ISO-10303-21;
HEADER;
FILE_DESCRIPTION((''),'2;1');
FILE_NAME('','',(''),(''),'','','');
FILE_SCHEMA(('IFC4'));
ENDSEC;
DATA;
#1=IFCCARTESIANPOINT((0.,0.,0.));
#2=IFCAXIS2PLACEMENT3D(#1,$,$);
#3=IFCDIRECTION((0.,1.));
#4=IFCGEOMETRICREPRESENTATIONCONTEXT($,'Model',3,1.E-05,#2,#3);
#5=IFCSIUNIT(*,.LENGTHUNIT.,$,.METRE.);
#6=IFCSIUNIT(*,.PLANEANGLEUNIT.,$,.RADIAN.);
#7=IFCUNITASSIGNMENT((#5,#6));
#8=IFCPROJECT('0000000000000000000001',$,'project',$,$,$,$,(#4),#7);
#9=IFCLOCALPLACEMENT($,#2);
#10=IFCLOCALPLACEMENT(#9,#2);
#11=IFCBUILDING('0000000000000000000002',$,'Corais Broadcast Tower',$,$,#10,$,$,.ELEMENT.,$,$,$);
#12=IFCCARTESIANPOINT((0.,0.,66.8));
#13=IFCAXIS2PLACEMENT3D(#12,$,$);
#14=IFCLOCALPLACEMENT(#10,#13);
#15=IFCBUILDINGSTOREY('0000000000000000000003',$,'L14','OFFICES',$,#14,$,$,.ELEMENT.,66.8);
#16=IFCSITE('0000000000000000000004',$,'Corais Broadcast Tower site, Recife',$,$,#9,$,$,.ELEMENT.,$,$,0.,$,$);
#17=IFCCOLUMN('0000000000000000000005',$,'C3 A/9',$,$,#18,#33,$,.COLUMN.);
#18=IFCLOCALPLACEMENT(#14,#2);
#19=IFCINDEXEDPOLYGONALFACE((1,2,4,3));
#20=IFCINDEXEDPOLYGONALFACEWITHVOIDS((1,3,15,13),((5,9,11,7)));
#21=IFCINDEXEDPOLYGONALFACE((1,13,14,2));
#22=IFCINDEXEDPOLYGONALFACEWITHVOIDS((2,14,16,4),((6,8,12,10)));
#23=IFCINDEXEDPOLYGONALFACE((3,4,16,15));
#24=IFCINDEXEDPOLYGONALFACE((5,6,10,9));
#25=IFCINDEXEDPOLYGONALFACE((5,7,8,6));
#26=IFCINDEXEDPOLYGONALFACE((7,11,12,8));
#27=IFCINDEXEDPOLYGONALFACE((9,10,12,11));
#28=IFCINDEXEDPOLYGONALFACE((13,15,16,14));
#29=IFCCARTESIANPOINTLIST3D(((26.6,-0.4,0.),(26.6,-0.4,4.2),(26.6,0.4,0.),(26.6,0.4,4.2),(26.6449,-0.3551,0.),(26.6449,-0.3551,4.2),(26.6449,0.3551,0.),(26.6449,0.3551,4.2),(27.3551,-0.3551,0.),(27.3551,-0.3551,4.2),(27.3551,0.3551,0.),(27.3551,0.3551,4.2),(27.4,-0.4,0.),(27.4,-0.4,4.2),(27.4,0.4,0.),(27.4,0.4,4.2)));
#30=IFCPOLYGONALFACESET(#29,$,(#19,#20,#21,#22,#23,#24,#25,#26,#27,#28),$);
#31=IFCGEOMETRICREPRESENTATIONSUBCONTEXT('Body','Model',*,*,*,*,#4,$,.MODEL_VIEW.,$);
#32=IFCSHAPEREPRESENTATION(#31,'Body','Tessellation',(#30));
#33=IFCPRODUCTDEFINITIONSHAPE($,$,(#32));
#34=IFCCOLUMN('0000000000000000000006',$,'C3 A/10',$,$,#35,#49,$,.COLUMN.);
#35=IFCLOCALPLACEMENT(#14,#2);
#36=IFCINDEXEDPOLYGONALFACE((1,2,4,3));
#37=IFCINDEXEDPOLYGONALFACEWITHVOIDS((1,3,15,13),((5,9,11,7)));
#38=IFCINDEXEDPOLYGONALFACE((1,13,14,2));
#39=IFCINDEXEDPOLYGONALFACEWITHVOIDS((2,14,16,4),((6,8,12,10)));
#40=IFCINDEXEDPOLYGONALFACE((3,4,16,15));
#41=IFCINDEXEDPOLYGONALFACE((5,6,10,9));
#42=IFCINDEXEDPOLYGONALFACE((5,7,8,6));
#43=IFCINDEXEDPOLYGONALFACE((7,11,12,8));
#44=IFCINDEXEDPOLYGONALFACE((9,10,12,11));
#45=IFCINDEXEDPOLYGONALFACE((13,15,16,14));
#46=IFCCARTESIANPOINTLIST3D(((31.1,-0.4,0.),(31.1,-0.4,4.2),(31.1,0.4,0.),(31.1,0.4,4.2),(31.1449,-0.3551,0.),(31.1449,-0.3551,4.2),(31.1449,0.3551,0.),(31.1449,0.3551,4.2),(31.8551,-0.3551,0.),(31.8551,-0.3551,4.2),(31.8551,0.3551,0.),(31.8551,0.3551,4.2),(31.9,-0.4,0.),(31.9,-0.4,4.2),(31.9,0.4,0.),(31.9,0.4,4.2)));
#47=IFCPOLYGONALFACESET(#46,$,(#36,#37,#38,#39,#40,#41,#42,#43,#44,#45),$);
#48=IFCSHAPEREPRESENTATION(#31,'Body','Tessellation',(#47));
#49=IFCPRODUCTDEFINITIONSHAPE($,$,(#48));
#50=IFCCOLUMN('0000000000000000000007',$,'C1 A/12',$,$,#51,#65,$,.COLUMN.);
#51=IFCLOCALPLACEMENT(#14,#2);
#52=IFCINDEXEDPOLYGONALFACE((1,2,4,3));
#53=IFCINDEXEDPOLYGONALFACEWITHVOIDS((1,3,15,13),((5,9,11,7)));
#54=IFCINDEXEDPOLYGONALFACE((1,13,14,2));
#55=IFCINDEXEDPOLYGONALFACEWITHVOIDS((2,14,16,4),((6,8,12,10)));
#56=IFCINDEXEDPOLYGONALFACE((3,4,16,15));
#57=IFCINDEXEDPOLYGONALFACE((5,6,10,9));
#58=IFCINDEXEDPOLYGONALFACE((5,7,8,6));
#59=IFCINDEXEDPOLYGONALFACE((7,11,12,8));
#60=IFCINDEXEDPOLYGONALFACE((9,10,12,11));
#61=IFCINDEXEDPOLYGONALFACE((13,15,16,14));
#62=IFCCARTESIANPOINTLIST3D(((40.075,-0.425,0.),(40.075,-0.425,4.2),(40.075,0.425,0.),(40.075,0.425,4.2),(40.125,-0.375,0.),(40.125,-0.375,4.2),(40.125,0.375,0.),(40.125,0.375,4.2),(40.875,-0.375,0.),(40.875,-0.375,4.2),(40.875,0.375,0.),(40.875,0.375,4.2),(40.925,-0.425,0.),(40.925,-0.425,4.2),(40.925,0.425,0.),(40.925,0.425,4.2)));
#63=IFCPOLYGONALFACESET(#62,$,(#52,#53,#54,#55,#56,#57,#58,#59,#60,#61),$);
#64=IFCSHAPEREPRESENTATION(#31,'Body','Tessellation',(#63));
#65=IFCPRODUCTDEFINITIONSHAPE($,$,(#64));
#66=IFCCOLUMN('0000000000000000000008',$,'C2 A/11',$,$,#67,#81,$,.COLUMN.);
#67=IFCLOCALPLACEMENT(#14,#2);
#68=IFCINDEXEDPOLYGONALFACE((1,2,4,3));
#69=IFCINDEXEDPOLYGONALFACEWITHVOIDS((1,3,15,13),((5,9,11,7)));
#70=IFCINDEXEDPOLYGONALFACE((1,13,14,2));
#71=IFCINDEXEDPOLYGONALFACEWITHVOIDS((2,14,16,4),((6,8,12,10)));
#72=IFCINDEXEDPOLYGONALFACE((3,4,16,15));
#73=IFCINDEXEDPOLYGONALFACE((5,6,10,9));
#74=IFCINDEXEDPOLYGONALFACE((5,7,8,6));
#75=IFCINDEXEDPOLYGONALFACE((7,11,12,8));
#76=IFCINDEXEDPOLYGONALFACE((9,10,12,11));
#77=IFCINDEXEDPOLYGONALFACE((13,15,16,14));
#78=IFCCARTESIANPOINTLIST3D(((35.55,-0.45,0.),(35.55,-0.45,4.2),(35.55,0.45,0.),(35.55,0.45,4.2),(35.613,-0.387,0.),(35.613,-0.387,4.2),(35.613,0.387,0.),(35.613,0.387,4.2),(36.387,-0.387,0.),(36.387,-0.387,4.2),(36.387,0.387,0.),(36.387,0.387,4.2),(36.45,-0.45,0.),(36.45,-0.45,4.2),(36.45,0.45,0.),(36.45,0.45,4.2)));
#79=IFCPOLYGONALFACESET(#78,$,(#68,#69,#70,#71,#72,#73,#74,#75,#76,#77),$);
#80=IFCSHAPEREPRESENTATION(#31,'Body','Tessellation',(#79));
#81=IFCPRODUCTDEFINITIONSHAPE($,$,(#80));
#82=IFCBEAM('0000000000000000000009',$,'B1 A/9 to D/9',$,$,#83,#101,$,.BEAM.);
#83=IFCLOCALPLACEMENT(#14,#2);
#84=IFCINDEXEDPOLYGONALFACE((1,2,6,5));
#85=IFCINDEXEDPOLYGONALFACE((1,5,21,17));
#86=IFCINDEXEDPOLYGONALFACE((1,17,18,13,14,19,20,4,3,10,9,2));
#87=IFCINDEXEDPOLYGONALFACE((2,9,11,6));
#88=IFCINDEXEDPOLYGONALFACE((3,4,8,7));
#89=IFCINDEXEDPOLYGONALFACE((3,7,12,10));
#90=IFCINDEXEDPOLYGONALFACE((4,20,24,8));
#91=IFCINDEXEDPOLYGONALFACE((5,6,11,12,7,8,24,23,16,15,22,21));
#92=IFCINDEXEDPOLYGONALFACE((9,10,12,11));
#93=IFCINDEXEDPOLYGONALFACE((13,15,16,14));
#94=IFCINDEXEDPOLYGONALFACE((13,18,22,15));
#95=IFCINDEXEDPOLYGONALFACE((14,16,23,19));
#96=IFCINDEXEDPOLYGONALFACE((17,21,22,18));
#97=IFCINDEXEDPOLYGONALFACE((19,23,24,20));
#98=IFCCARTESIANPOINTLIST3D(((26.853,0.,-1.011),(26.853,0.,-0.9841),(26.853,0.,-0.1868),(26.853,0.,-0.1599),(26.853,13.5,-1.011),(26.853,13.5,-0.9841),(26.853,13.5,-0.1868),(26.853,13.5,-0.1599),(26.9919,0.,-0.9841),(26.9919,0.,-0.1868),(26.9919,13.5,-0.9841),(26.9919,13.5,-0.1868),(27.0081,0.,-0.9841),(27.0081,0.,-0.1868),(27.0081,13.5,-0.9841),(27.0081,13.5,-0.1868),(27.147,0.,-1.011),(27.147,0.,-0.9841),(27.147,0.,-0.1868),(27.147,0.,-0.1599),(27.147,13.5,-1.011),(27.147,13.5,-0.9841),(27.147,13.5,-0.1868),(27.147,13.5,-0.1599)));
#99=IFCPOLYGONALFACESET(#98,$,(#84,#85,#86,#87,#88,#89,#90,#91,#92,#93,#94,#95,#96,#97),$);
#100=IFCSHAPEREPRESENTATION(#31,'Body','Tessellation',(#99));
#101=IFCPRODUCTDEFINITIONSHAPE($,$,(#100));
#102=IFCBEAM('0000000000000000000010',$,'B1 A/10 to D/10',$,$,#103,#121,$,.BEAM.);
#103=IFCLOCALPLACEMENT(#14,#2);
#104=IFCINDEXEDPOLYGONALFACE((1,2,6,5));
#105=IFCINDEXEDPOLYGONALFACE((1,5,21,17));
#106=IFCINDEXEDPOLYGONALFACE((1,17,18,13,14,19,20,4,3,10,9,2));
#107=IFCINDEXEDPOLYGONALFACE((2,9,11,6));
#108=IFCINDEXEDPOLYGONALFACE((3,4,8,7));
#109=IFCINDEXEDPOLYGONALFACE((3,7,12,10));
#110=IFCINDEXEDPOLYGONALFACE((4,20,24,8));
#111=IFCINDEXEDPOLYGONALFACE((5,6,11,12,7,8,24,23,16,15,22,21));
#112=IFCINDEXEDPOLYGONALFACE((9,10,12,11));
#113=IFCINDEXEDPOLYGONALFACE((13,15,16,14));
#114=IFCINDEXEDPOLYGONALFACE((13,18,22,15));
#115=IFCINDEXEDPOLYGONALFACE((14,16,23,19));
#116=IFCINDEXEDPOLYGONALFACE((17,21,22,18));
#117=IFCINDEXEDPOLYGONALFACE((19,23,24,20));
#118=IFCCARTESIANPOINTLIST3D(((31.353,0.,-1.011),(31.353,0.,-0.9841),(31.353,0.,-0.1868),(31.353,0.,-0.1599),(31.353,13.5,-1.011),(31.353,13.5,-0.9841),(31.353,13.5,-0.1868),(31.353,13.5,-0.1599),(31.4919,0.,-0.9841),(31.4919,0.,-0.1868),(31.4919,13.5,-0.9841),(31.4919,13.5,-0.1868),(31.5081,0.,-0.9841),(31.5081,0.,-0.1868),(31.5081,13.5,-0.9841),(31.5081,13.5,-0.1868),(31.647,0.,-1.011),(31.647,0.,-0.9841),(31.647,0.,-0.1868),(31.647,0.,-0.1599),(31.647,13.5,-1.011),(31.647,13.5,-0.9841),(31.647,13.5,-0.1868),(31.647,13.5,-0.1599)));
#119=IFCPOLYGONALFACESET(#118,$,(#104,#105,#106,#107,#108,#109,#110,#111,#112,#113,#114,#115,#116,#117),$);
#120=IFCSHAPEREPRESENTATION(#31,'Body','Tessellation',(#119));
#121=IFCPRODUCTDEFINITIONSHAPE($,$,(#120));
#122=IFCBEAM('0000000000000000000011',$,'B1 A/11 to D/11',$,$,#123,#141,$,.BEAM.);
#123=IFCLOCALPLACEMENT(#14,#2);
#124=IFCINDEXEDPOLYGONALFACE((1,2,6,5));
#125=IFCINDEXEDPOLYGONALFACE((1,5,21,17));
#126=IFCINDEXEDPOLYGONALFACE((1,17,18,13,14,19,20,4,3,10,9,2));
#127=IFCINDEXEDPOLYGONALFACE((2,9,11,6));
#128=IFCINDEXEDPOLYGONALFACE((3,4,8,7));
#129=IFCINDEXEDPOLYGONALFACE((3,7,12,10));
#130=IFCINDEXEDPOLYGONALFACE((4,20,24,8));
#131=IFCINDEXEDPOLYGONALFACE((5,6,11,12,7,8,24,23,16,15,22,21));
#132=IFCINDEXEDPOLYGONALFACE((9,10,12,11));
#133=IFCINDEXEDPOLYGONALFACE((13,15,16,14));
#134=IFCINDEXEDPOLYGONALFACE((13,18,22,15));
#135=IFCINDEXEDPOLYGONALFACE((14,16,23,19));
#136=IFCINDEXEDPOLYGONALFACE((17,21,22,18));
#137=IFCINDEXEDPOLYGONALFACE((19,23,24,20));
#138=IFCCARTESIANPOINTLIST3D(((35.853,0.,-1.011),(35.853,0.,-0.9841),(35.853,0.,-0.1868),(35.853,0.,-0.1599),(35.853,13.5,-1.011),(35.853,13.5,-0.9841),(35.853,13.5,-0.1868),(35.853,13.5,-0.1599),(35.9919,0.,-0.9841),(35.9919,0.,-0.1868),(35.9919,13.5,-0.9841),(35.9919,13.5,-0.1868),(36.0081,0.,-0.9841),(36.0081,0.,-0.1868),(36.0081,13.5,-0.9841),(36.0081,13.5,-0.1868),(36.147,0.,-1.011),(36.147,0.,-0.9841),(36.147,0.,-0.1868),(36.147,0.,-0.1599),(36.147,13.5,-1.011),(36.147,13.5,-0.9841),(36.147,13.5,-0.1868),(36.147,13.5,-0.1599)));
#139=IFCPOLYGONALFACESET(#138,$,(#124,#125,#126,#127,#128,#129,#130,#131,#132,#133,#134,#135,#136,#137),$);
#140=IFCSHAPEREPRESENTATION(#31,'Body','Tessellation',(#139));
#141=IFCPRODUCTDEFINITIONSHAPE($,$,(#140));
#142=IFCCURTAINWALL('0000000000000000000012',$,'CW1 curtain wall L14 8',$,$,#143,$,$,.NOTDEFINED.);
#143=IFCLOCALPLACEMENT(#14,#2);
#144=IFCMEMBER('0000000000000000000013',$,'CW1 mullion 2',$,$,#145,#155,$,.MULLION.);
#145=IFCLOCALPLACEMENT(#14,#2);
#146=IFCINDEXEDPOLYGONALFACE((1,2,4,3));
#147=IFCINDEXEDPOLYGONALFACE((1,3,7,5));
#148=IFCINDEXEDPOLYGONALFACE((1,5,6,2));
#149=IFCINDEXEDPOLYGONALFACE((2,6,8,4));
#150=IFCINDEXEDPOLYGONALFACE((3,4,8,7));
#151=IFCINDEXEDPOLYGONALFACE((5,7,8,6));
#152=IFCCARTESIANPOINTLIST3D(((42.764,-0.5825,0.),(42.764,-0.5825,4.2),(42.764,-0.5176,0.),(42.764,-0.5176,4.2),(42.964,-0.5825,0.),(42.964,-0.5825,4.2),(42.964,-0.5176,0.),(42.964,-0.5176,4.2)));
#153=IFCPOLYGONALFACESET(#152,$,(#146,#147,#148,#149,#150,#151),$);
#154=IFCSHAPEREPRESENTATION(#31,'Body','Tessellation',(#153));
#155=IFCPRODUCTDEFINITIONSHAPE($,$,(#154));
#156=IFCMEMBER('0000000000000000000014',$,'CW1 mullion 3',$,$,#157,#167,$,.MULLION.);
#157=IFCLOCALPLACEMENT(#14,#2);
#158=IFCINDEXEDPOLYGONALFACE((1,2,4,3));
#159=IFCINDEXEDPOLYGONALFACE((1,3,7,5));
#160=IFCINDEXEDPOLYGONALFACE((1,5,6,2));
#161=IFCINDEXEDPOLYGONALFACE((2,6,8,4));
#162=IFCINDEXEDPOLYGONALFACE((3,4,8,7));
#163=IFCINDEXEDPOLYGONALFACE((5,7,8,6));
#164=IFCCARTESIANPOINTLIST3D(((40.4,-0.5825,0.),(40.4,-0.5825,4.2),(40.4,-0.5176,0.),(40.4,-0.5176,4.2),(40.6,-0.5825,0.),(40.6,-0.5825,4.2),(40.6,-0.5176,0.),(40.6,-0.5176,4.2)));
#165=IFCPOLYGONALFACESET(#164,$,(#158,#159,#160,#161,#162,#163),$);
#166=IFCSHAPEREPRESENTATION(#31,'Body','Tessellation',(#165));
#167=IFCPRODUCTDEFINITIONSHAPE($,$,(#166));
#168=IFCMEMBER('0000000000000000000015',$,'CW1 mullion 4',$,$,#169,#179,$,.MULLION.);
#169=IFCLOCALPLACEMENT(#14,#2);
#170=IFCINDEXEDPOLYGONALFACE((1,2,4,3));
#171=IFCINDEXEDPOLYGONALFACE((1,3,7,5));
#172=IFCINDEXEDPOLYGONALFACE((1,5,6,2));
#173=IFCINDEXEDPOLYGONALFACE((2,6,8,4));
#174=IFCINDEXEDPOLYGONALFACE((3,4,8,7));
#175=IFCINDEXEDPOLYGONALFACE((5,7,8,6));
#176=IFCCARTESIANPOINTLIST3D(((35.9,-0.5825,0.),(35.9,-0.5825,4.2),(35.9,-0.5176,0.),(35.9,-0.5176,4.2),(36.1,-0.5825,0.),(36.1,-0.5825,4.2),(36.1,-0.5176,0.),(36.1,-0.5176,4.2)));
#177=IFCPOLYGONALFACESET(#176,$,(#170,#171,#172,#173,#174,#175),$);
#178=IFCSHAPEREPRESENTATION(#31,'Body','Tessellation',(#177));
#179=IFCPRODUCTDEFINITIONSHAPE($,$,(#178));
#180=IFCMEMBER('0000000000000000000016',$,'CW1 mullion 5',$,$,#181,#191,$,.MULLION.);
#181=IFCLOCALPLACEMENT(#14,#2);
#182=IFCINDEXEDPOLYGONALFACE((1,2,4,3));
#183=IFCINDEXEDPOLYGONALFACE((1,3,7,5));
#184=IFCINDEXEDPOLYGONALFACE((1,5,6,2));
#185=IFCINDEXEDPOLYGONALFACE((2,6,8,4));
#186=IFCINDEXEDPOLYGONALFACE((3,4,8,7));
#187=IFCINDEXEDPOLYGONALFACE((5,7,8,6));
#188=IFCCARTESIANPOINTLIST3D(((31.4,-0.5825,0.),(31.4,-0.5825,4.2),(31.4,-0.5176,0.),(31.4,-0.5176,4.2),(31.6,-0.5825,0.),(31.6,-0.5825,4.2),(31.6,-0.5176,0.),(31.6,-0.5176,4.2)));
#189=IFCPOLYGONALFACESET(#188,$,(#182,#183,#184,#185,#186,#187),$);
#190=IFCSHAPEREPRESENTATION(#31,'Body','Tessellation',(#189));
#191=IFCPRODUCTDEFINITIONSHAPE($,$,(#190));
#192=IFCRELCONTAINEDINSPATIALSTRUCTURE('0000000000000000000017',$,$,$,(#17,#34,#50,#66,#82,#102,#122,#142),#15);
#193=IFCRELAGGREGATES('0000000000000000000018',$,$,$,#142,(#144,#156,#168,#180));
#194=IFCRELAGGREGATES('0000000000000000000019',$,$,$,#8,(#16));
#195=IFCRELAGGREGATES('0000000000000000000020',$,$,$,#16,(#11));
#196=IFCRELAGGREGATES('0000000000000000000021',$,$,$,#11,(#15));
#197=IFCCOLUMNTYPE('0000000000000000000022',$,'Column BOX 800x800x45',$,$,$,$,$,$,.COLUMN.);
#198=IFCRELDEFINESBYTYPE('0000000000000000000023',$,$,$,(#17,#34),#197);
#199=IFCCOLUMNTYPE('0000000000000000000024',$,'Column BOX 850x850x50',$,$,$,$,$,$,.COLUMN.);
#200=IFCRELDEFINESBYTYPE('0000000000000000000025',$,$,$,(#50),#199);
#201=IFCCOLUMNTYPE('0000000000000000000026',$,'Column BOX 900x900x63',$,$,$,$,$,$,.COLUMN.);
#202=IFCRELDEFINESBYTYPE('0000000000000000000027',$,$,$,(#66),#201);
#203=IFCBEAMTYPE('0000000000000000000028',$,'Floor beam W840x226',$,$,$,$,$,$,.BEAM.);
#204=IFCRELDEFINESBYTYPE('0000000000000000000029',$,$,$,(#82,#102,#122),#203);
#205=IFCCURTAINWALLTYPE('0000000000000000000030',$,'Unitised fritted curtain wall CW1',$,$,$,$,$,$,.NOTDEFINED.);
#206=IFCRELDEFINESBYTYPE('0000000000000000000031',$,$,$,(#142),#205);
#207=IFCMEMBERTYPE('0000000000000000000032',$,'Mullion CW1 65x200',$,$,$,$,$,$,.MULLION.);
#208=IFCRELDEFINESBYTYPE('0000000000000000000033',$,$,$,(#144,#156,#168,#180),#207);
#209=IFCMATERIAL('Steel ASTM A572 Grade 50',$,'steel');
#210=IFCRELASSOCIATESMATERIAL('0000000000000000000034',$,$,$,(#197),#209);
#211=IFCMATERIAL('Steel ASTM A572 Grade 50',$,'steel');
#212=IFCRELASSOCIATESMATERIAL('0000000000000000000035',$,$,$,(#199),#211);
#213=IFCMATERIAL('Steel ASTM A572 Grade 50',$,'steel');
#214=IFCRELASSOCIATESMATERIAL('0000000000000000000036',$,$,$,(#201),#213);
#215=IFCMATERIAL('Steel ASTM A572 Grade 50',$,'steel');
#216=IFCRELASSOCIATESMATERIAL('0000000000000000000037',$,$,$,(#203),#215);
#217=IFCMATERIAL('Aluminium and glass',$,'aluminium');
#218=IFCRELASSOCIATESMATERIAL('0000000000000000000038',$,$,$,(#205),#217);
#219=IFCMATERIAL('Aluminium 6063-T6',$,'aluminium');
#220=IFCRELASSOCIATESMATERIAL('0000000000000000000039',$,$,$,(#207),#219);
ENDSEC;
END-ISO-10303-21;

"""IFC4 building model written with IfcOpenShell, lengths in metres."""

from ifc_helpers import new_model, si_unit, direction, frame, origin, origin_2d, place, context, subcontext, project, spatial, rectangle, hollow_rectangle, i_section, extrude, material, material_profile, profile_set, type_object, element, aggregate, save


model = new_model("IFC4")

# Units and contexts
model_context = context("Model", 3, precision=1e-05, world=origin(), true_north=direction((0.0, 1.0)))
body_context = subcontext(model_context, "Body", "Model", "MODEL_VIEW")
ifc_project = project(units=[si_unit("LENGTHUNIT", "METRE"), si_unit("PLANEANGLEUNIT", "RADIAN")], contexts=[model_context])

# Site, building, storey
site_placement = place(None, origin())
site = spatial("IfcSite", under=ifc_project, at=site_placement, Name="Corais Broadcast Tower site, Recife", CompositionType="ELEMENT", RefElevation=0.0)
building_placement = place(site_placement, origin())
building = spatial("IfcBuilding", under=site, at=building_placement, Name="Corais Broadcast Tower", CompositionType="ELEMENT")
storey_placement = place(building_placement, frame((0.0, 0.0, 66.8)))
storey = spatial("IfcBuildingStorey", under=building, at=storey_placement, Name="L14", Description="OFFICES", CompositionType="ELEMENT", Elevation=66.8)

# Columns
ifc_material_1 = material(Name="Steel ASTM A572 Grade 50", Category="steel")
ifc_material_profile_1 = material_profile(ifc_material_1, hollow_rectangle(XDim=0.8, YDim=0.8, WallThickness=0.0449, at=origin_2d()), Name="BOX 800x800x45")
ifc_profile_set_1 = profile_set([ifc_material_profile_1], Name="Steel ASTM A572 Grade 50")
column_type_1 = type_object("IfcColumnType", Name="Column BOX 800x800x45", PredefinedType="COLUMN", material=ifc_profile_set_1)
for number, where, z_axis, x_axis, name in (
    (1, (27.0, 0.0, 0.0), (0.0, 0.0, 1.0), (1.0, 0.0, 0.0), "C3 A/9"),
    (2, (31.5, 0.0, 0.0), (0.0, 0.0, 1.0), (1.0, 0.0, 0.0), "C3 A/10"),
):
    element("IfcColumn", number, at=place(storey_placement, frame(where, z_axis=z_axis, x_axis=x_axis)), inside=storey, type_object=column_type_1, Name=name, PredefinedType="COLUMN", context=body_context, shape_type="SweptSolid", body=[
        extrude(hollow_rectangle(XDim=0.8, YDim=0.8, WallThickness=0.0449, at=origin_2d()), origin(), (0.0, 0.0, 1.0), 4.2),
    ])
ifc_material_2 = material(Name="Steel ASTM A572 Grade 50", Category="steel")
ifc_material_profile_2 = material_profile(ifc_material_2, hollow_rectangle(XDim=0.8501, YDim=0.8501, WallThickness=0.05, at=origin_2d()), Name="BOX 850x850x50")
ifc_profile_set_2 = profile_set([ifc_material_profile_2], Name="Steel ASTM A572 Grade 50")
column_type_2 = type_object("IfcColumnType", Name="Column BOX 850x850x50", PredefinedType="COLUMN", material=ifc_profile_set_2)
column_1_placement = place(storey_placement, frame((40.5, 0.0, 0.0), z_axis=(0.0, 0.0, 1.0), x_axis=(1.0, 0.0, 0.0)))
element("IfcColumn", 3, at=column_1_placement, inside=storey, type_object=column_type_2, Name="C1 A/12", PredefinedType="COLUMN", context=body_context, shape_type="SweptSolid", body=[
    extrude(hollow_rectangle(XDim=0.8501, YDim=0.8501, WallThickness=0.05, at=origin_2d()), origin(), (0.0, 0.0, 1.0), 4.2),
])
ifc_material_3 = material(Name="Steel ASTM A572 Grade 50", Category="steel")
ifc_material_profile_3 = material_profile(ifc_material_3, hollow_rectangle(XDim=0.8999, YDim=0.8999, WallThickness=0.063, at=origin_2d()), Name="BOX 900x900x63")
ifc_profile_set_3 = profile_set([ifc_material_profile_3], Name="Steel ASTM A572 Grade 50")
column_type_3 = type_object("IfcColumnType", Name="Column BOX 900x900x63", PredefinedType="COLUMN", material=ifc_profile_set_3)
column_2_placement = place(storey_placement, frame((36.0, 0.0, 0.0), z_axis=(0.0, 0.0, 1.0), x_axis=(1.0, 0.0, 0.0)))
element("IfcColumn", 4, at=column_2_placement, inside=storey, type_object=column_type_3, Name="C2 A/11", PredefinedType="COLUMN", context=body_context, shape_type="SweptSolid", body=[
    extrude(hollow_rectangle(XDim=0.8999, YDim=0.8999, WallThickness=0.063, at=origin_2d()), origin(), (0.0, 0.0, 1.0), 4.2),
])

# Beams
ifc_material_4 = material(Name="Steel ASTM A572 Grade 50", Category="steel")
ifc_material_profile_4 = material_profile(ifc_material_4, i_section(OverallWidth=0.2939, OverallDepth=0.8511, WebThickness=0.0161, FlangeThickness=0.0269, at=origin_2d()), Name="W840x226")
ifc_profile_set_4 = profile_set([ifc_material_profile_4], Name="Steel ASTM A572 Grade 50")
beam_type_1 = type_object("IfcBeamType", Name="Floor beam W840x226", PredefinedType="BEAM", material=ifc_profile_set_4)
for number, where, z_axis, x_axis, name in (
    (5, (27.0, 0.0, -0.5854), (0.0, 1.0, 0.0), (-1.0, 0.0, 0.0), "B1 A/9 to D/9"),
    (6, (31.5, 0.0, -0.5854), (0.0, 1.0, 0.0), (-1.0, 0.0, 0.0), "B1 A/10 to D/10"),
    (7, (36.0, 0.0, -0.5854), (0.0, 1.0, 0.0), (-1.0, 0.0, 0.0), "B1 A/11 to D/11"),
):
    element("IfcBeam", number, at=place(storey_placement, frame(where, z_axis=z_axis, x_axis=x_axis)), inside=storey, type_object=beam_type_1, Name=name, PredefinedType="BEAM", context=body_context, shape_type="SweptSolid", body=[
        extrude(i_section(OverallWidth=0.2939, OverallDepth=0.8511, WebThickness=0.0161, FlangeThickness=0.0269, at=origin_2d()), origin(), (0.0, 0.0, 1.0), 13.5),
    ])

# Curtain wall, members
ifc_material_5 = material(Name="Aluminium and glass", Category="aluminium")
curtain_wall_type = type_object("IfcCurtainWallType", Name="Unitised fritted curtain wall CW1", PredefinedType="NOTDEFINED", material=ifc_material_5)
curtain_wall_placement = place(storey_placement, origin())
curtain_wall = element("IfcCurtainWall", 8, at=curtain_wall_placement, inside=storey, type_object=curtain_wall_type, Name="CW1 curtain wall L14 8", PredefinedType="NOTDEFINED")
ifc_material_6 = material(Name="Aluminium 6063-T6", Category="aluminium")
ifc_material_profile_5 = material_profile(ifc_material_6, rectangle(XDim=0.0649, YDim=0.2, at=origin_2d()), Name="Mullion CW1 65x200")
ifc_profile_set_5 = profile_set([ifc_material_profile_5], Name="Aluminium 6063-T6")
member_type_1 = type_object("IfcMemberType", Name="Mullion CW1 65x200", PredefinedType="MULLION", material=ifc_profile_set_5)
member_1_placement = place(storey_placement, frame((42.864, -0.55, 0.0), z_axis=(0.0, 0.0, 1.0), x_axis=(0.0, -1.0, 0.0)))
member_1 = element("IfcMember", 9, at=member_1_placement, type_object=member_type_1, Name="CW1 mullion 2", PredefinedType="MULLION", context=body_context, shape_type="SweptSolid", body=[
    extrude(rectangle(XDim=0.0649, YDim=0.2, at=origin_2d()), origin(), (0.0, 0.0, 1.0), 4.2),
])
member_2_placement = place(storey_placement, frame((40.5, -0.55, 0.0), z_axis=(0.0, 0.0, 1.0), x_axis=(0.0, -1.0, 0.0)))
member_2 = element("IfcMember", 10, at=member_2_placement, type_object=member_type_1, Name="CW1 mullion 3", PredefinedType="MULLION", context=body_context, shape_type="SweptSolid", body=[
    extrude(rectangle(XDim=0.0649, YDim=0.2, at=origin_2d()), origin(), (0.0, 0.0, 1.0), 4.2),
])
member_3_placement = place(storey_placement, frame((36.0, -0.55, 0.0), z_axis=(0.0, 0.0, 1.0), x_axis=(0.0, -1.0, 0.0)))
member_3 = element("IfcMember", 11, at=member_3_placement, type_object=member_type_1, Name="CW1 mullion 4", PredefinedType="MULLION", context=body_context, shape_type="SweptSolid", body=[
    extrude(rectangle(XDim=0.0649, YDim=0.2, at=origin_2d()), origin(), (0.0, 0.0, 1.0), 4.2),
])
member_4_placement = place(storey_placement, frame((31.5, -0.55, 0.0), z_axis=(0.0, 0.0, 1.0), x_axis=(0.0, -1.0, 0.0)))
member_4 = element("IfcMember", 12, at=member_4_placement, type_object=member_type_1, Name="CW1 mullion 5", PredefinedType="MULLION", context=body_context, shape_type="SweptSolid", body=[
    extrude(rectangle(XDim=0.0649, YDim=0.2, at=origin_2d()), origin(), (0.0, 0.0, 1.0), 4.2),
])

aggregate(curtain_wall, [member_1, member_2, member_3, member_4])

save(model, "model.ifc")
